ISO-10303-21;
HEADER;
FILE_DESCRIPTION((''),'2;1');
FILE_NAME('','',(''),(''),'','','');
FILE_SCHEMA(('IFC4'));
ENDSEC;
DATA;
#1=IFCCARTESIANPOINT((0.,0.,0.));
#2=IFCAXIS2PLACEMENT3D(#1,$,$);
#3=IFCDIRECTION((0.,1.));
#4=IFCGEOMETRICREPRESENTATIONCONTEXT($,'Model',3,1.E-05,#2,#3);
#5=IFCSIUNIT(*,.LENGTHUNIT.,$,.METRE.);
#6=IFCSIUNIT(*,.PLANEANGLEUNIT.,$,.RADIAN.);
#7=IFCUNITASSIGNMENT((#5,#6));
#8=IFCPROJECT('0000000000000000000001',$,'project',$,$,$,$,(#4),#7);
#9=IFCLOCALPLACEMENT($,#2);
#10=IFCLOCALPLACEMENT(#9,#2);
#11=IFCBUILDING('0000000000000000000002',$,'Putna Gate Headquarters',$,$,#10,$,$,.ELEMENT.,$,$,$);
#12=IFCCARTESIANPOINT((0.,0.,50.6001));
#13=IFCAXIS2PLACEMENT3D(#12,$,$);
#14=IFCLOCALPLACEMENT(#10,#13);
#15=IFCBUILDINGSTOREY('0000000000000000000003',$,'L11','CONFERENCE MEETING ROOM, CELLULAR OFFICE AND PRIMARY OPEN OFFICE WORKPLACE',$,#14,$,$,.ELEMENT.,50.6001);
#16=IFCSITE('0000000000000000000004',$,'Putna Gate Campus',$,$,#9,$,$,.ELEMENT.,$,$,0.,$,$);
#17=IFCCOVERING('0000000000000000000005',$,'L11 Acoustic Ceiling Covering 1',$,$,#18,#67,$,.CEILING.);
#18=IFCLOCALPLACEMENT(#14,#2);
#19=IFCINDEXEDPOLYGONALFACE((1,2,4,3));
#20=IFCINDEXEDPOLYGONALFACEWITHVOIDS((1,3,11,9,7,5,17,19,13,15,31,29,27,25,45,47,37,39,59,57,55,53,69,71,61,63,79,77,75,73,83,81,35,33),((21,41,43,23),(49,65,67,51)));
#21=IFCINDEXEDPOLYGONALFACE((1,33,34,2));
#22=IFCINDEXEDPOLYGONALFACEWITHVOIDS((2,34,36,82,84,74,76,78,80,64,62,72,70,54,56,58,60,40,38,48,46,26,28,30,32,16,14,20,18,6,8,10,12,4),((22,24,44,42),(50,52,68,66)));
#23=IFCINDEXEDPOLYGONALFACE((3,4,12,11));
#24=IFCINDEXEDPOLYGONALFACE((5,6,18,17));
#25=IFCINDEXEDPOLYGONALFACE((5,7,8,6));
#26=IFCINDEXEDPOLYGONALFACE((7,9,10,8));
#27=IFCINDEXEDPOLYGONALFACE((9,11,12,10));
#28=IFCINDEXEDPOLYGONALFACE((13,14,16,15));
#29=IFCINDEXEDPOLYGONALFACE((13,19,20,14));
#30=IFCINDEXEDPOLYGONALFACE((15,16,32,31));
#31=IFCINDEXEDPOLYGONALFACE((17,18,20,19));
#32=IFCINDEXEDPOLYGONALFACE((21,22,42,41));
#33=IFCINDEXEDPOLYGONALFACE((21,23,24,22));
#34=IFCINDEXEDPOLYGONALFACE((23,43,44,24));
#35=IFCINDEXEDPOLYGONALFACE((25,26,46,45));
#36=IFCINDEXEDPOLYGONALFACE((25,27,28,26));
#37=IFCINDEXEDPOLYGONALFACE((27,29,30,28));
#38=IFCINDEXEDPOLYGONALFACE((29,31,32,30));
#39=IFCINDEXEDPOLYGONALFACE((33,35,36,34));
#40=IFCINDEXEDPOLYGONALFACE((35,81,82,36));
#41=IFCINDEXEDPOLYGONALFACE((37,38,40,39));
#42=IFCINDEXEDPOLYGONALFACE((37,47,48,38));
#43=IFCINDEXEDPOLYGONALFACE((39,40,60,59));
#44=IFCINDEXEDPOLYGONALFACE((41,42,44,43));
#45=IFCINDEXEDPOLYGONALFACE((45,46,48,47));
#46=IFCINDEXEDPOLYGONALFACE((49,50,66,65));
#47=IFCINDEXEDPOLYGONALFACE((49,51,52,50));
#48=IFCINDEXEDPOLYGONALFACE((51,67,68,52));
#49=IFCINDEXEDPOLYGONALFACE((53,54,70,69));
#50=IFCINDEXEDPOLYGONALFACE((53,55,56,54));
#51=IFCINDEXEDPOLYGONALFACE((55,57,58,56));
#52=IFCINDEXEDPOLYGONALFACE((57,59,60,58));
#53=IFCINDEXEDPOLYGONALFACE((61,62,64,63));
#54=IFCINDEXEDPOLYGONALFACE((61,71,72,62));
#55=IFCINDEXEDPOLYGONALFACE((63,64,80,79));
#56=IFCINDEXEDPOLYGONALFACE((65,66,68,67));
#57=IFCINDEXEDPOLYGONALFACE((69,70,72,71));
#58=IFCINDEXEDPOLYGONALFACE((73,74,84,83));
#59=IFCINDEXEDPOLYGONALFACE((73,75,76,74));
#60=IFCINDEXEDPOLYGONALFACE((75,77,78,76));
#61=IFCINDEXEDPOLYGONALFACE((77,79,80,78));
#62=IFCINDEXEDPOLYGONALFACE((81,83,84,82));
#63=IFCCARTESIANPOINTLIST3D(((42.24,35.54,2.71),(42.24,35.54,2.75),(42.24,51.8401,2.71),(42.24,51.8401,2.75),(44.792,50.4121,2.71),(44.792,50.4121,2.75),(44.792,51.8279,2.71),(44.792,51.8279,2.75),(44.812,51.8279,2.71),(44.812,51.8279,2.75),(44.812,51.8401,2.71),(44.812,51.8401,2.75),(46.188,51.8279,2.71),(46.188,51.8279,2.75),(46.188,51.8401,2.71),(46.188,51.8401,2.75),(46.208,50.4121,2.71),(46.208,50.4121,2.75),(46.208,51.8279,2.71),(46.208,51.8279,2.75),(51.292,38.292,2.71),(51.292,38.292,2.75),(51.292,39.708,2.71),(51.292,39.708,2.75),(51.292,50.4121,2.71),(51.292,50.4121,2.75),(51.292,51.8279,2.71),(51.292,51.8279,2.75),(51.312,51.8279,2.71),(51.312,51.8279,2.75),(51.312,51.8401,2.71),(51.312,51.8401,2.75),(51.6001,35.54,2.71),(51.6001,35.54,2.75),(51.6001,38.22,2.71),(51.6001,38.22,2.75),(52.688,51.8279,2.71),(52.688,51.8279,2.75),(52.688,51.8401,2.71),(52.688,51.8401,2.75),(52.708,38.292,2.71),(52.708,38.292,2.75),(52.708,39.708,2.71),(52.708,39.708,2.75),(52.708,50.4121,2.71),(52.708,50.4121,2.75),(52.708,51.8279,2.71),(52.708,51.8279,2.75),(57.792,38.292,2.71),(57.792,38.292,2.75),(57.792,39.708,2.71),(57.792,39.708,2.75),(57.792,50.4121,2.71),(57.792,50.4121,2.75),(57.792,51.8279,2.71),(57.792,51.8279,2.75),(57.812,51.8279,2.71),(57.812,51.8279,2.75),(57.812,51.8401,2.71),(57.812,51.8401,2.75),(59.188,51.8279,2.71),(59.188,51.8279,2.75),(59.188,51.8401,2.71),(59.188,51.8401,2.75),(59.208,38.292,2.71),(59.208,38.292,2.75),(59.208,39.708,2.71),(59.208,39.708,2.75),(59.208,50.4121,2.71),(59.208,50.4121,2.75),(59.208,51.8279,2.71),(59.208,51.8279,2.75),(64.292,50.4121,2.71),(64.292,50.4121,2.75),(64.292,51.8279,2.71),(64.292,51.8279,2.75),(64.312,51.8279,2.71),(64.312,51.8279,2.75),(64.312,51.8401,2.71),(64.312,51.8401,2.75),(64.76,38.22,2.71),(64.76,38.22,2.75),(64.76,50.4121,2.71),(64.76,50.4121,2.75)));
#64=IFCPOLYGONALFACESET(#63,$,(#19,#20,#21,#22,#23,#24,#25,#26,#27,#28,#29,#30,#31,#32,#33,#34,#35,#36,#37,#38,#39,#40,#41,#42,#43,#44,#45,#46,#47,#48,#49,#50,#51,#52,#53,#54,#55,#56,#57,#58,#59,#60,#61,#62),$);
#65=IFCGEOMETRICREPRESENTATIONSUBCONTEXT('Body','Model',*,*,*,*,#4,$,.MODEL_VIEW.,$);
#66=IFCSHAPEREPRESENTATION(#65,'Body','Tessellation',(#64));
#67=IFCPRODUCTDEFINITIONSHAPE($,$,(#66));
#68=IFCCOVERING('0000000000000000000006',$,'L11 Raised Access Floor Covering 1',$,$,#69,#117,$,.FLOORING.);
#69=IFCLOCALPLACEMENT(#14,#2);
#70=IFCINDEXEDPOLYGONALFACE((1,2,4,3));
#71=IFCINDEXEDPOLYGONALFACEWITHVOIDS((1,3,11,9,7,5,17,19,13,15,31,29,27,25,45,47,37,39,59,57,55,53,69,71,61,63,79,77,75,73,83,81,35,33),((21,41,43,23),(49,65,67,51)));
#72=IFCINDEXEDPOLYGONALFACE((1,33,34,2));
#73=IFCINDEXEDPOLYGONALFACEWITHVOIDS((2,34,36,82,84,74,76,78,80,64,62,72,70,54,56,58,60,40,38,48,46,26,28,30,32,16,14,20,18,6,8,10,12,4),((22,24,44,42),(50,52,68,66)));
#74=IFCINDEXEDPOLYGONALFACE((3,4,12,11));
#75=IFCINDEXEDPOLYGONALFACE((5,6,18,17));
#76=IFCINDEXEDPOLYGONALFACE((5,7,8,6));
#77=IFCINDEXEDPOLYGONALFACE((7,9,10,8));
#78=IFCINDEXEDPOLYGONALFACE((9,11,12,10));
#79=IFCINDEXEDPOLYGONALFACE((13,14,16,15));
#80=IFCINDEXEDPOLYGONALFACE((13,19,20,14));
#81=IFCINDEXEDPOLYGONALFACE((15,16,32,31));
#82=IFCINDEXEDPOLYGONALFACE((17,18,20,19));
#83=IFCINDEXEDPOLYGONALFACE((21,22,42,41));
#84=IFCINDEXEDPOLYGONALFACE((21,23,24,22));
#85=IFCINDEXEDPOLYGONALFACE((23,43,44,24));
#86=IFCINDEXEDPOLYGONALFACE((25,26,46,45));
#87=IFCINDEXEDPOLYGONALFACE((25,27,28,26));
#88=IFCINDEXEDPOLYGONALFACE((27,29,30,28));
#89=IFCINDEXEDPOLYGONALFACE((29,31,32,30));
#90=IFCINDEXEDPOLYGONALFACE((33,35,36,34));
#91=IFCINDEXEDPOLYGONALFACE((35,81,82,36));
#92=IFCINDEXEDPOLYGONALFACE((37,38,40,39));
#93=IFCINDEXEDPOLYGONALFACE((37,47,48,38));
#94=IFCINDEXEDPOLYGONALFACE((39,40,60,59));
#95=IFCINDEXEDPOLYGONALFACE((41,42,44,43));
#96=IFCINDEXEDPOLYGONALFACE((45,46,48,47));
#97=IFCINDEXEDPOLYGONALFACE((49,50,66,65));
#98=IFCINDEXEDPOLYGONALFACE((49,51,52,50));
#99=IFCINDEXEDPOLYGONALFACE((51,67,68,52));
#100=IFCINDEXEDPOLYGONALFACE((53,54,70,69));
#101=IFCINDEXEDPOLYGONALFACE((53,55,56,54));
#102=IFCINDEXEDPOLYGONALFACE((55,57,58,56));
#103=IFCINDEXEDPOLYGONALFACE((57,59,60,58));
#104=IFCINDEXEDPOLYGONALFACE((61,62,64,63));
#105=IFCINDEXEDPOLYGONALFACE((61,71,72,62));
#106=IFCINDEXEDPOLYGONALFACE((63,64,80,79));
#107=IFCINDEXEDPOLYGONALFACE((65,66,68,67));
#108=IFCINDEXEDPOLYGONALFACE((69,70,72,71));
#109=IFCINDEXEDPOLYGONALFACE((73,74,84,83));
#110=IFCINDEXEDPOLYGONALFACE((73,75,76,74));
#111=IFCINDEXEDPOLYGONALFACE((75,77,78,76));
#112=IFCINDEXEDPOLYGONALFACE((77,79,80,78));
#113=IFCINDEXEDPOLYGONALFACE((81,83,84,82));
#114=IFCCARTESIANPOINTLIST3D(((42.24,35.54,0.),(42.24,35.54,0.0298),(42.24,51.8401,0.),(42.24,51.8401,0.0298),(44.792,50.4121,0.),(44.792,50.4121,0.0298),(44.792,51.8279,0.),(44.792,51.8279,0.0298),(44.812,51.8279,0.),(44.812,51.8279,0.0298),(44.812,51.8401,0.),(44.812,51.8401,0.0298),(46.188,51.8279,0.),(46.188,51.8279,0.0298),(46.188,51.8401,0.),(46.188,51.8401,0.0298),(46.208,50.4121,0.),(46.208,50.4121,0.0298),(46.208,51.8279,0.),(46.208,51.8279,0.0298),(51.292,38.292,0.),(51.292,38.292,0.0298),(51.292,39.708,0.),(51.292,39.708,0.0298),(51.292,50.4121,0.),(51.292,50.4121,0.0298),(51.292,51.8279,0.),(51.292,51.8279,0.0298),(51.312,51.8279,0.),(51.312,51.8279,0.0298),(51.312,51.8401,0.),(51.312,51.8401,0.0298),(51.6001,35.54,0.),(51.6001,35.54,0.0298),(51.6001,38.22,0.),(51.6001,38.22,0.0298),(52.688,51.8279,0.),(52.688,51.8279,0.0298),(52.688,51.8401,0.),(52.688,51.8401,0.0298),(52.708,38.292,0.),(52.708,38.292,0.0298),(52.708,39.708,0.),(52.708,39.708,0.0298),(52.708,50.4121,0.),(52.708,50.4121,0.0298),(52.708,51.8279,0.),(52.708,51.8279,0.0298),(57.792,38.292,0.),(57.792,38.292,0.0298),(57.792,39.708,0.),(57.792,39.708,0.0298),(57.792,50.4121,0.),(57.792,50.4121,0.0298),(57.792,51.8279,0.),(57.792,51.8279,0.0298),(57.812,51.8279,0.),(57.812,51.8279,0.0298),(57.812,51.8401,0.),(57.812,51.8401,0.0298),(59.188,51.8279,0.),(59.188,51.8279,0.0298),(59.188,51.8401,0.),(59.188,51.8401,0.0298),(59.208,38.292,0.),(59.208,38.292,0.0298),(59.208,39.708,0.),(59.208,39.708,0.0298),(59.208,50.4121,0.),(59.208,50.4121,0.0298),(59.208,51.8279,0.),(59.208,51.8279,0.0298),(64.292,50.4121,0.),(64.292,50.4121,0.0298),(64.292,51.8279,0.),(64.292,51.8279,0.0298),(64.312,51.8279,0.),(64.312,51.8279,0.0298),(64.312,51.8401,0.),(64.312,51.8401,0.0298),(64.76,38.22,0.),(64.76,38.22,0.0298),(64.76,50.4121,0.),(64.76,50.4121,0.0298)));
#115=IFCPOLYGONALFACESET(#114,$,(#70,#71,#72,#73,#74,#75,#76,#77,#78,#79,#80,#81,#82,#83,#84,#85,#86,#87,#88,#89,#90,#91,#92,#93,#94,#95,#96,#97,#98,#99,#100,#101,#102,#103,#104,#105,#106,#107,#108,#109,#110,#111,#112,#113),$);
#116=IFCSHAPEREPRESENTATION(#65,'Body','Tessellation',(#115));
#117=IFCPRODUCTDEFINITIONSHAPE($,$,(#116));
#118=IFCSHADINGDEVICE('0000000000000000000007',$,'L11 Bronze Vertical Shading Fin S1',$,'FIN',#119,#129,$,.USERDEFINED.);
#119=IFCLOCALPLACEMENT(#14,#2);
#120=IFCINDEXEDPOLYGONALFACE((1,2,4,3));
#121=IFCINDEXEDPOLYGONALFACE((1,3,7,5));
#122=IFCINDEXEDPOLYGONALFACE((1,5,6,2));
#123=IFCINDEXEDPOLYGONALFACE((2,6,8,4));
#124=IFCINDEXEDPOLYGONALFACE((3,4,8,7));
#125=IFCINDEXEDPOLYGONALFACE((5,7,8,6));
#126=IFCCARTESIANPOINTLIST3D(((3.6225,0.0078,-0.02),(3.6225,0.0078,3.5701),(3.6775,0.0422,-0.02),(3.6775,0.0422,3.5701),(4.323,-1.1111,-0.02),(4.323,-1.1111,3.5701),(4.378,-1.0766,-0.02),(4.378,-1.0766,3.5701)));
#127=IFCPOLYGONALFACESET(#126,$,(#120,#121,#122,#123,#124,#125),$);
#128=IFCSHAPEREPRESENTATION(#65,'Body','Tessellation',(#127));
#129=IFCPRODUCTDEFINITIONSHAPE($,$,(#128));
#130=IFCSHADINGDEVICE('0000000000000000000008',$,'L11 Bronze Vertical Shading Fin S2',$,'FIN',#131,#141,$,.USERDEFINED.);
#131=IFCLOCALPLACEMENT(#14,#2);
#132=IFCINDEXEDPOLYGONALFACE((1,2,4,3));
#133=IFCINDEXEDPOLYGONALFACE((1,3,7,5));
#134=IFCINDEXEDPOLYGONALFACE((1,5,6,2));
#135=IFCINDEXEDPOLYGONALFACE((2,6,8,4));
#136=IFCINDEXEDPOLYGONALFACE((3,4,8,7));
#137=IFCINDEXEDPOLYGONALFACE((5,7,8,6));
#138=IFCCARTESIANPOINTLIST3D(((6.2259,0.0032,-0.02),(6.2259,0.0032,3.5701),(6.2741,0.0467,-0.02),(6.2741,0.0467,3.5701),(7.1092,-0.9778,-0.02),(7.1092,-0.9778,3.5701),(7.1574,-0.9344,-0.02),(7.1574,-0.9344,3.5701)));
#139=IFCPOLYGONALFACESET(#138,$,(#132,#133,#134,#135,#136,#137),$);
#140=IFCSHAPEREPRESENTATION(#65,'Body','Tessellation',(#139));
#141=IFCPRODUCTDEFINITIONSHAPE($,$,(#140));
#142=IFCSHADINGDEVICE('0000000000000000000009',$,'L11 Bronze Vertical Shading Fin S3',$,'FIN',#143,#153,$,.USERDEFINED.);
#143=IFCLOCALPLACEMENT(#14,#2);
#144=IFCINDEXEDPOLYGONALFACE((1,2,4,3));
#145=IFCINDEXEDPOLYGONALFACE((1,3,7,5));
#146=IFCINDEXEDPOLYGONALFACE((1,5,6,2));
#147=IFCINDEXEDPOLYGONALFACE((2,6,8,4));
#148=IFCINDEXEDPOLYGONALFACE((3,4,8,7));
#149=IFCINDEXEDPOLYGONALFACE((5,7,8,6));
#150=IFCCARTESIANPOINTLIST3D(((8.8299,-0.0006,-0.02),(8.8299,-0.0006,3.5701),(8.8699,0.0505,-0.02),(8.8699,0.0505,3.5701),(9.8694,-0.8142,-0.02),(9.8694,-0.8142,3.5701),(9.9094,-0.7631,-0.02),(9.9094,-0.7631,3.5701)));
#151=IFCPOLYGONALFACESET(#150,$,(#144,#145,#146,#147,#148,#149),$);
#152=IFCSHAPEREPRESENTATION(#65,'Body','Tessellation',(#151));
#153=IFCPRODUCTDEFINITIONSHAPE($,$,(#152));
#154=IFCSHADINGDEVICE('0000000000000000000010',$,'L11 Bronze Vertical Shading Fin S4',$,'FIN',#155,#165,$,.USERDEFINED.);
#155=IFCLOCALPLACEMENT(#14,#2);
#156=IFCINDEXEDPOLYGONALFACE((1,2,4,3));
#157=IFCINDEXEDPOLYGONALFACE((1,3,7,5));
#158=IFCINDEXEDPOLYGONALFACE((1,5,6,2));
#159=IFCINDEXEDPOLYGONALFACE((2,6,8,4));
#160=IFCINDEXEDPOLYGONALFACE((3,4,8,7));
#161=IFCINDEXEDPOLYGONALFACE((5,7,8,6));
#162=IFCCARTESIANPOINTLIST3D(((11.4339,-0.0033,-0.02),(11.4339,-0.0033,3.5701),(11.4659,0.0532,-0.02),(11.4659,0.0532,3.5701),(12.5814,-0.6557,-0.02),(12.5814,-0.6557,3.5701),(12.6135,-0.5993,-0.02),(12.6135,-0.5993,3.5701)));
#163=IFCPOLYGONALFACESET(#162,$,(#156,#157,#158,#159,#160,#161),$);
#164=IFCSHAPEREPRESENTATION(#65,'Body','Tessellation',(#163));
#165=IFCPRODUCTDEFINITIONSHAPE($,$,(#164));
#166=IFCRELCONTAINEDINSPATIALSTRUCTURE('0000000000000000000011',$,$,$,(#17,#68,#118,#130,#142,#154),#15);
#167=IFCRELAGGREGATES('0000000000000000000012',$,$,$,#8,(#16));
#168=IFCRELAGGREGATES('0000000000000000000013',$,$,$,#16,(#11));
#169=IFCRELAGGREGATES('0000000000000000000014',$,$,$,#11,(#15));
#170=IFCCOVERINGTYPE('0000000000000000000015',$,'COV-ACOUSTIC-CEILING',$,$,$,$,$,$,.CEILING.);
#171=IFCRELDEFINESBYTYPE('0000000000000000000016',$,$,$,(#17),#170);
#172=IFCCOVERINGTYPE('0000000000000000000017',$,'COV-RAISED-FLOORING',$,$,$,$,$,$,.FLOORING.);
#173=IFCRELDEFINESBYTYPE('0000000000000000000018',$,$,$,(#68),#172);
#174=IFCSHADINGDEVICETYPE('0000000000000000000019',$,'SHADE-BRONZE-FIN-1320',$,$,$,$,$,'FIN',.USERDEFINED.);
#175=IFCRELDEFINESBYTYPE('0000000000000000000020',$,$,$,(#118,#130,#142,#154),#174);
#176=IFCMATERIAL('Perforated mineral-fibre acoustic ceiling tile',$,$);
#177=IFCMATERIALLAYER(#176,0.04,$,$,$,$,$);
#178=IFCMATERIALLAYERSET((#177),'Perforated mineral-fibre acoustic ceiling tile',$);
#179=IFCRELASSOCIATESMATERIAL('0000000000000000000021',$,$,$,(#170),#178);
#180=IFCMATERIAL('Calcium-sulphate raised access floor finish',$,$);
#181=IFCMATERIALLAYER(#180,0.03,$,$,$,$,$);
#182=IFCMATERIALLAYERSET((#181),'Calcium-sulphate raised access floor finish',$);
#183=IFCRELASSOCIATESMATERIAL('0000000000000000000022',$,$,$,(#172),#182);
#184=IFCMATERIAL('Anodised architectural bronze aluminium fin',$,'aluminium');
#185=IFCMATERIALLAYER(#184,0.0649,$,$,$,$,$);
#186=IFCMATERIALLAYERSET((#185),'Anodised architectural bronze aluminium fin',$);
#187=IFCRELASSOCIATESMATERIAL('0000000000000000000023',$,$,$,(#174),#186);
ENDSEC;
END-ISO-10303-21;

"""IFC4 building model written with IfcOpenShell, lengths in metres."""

from ifc_helpers import new_model, si_unit, direction, frame, origin, origin_2d, place, context, subcontext, project, spatial, polyline, rectangle, outline, extrude, material, layer, layer_set, type_object, element, save


model = new_model("IFC4")

# Units and contexts
model_context = context("Model", 3, precision=1e-05, world=origin(), true_north=direction((0.0, 1.0)))
body_context = subcontext(model_context, "Body", "Model", "MODEL_VIEW")
ifc_project = project(units=[si_unit("LENGTHUNIT", "METRE"), si_unit("PLANEANGLEUNIT", "RADIAN")], contexts=[model_context])

# Site, building, storey
site_placement = place(None, origin())
site = spatial("IfcSite", under=ifc_project, at=site_placement, Name="Putna Gate Campus", CompositionType="ELEMENT", RefElevation=0.0)
building_placement = place(site_placement, origin())
building = spatial("IfcBuilding", under=site, at=building_placement, Name="Putna Gate Headquarters", CompositionType="ELEMENT")
storey_placement = place(building_placement, frame((0.0, 0.0, 50.6001)))
storey = spatial("IfcBuildingStorey", under=building, at=storey_placement, Name="L11", Description="CONFERENCE MEETING ROOM, CELLULAR OFFICE AND PRIMARY OPEN OFFICE WORKPLACE", CompositionType="ELEMENT", Elevation=50.6001)

# Coverings
ifc_material_1 = material(Name="Perforated mineral-fibre acoustic ceiling tile")
ifc_layer_1 = layer(ifc_material_1, 0.04)
ifc_layer_set_1 = layer_set([ifc_layer_1], Name="Perforated mineral-fibre acoustic ceiling tile")
covering_type_1 = type_object("IfcCoveringType", Name="COV-ACOUSTIC-CEILING", PredefinedType="CEILING", material=ifc_layer_set_1)
covering_1_placement = place(storey_placement, frame((0.0, 0.0, 2.71)))
element("IfcCovering", 1, at=covering_1_placement, inside=storey, type_object=covering_type_1, Name="L11 Acoustic Ceiling Covering 1", PredefinedType="CEILING", context=body_context, shape_type="SweptSolid", body=[
    extrude(outline(polyline([(51.312, 51.8279), (51.312, 51.8401), (46.188, 51.8401), (46.188, 51.8279), (46.208, 51.8279), (46.208, 50.4121), (44.792, 50.4121), (44.792, 51.8279), (44.812, 51.8279), (44.812, 51.8401), (42.24, 51.8401), (42.24, 35.54), (51.6001, 35.54), (51.6001, 38.22), (64.76, 38.22), (64.76, 50.4121), (64.292, 50.4121), (64.292, 51.8279), (64.312, 51.8279), (64.312, 51.8401), (59.188, 51.8401), (59.188, 51.8279), (59.208, 51.8279), (59.208, 50.4121), (57.792, 50.4121), (57.792, 51.8279), (57.812, 51.8279), (57.812, 51.8401), (52.688, 51.8401), (52.688, 51.8279), (52.708, 51.8279), (52.708, 50.4121), (51.292, 50.4121), (51.292, 51.8279), (51.312, 51.8279)]), holes=[polyline([(59.208, 38.292), (59.208, 39.708), (57.792, 39.708), (57.792, 38.292), (59.208, 38.292)]), polyline([(52.708, 38.292), (52.708, 39.708), (51.292, 39.708), (51.292, 38.292), (52.708, 38.292)])]), origin(), (0.0, 0.0, 1.0), 0.04),
])
ifc_material_2 = material(Name="Calcium-sulphate raised access floor finish")
ifc_layer_2 = layer(ifc_material_2, 0.03)
ifc_layer_set_2 = layer_set([ifc_layer_2], Name="Calcium-sulphate raised access floor finish")
covering_type_2 = type_object("IfcCoveringType", Name="COV-RAISED-FLOORING", PredefinedType="FLOORING", material=ifc_layer_set_2)
covering_2_placement = place(storey_placement, origin())
element("IfcCovering", 2, at=covering_2_placement, inside=storey, type_object=covering_type_2, Name="L11 Raised Access Floor Covering 1", PredefinedType="FLOORING", context=body_context, shape_type="SweptSolid", body=[
    extrude(outline(polyline([(51.312, 51.8279), (51.312, 51.8401), (46.188, 51.8401), (46.188, 51.8279), (46.208, 51.8279), (46.208, 50.4121), (44.792, 50.4121), (44.792, 51.8279), (44.812, 51.8279), (44.812, 51.8401), (42.24, 51.8401), (42.24, 35.54), (51.6001, 35.54), (51.6001, 38.22), (64.76, 38.22), (64.76, 50.4121), (64.292, 50.4121), (64.292, 51.8279), (64.312, 51.8279), (64.312, 51.8401), (59.188, 51.8401), (59.188, 51.8279), (59.208, 51.8279), (59.208, 50.4121), (57.792, 50.4121), (57.792, 51.8279), (57.812, 51.8279), (57.812, 51.8401), (52.688, 51.8401), (52.688, 51.8279), (52.708, 51.8279), (52.708, 50.4121), (51.292, 50.4121), (51.292, 51.8279), (51.312, 51.8279)]), holes=[polyline([(59.208, 38.292), (59.208, 39.708), (57.792, 39.708), (57.792, 38.292), (59.208, 38.292)]), polyline([(52.708, 38.292), (52.708, 39.708), (51.292, 39.708), (51.292, 38.292), (52.708, 38.292)])]), origin(), (0.0, 0.0, 1.0), 0.0298),
])

# Shading devices
ifc_material_3 = material(Name="Anodised architectural bronze aluminium fin", Category="aluminium")
ifc_layer_3 = layer(ifc_material_3, 0.0649)
ifc_layer_set_3 = layer_set([ifc_layer_3], Name="Anodised architectural bronze aluminium fin")
shading_device_type = type_object("IfcShadingDeviceType", Name="SHADE-BRONZE-FIN-1320", ElementType="FIN", PredefinedType="USERDEFINED", material=ifc_layer_set_3)
for number, where, z_axis, x_axis, name in (
    (3, (4.0002, -0.5344, -0.02), (0.0, 0.0, 1.0), (0.530659, -0.847585, 0.0), "L11 Bronze Vertical Shading Fin S1"),
    (4, (6.6917, -0.4656, -0.02), (0.0, 0.0, 1.0), (0.669131, -0.743145, 0.0), "L11 Bronze Vertical Shading Fin S2"),
    (5, (9.3696, -0.3818, -0.02), (0.0, 0.0, 1.0), (0.787473, -0.616349, 0.0), "L11 Bronze Vertical Shading Fin S3"),
    (6, (12.0237, -0.3013, -0.02), (0.0, 0.0, 1.0), (0.869322, -0.494245, 0.0), "L11 Bronze Vertical Shading Fin S4"),
):
    element("IfcShadingDevice", number, at=place(storey_placement, frame(where, z_axis=z_axis, x_axis=x_axis)), inside=storey, type_object=shading_device_type, Name=name, ObjectType="FIN", PredefinedType="USERDEFINED", context=body_context, shape_type="SweptSolid", body=[
        extrude(rectangle(XDim=1.3201, YDim=0.0649, at=origin_2d()), origin(), (0.0, 0.0, 1.0), 3.5901),
    ])

save(model, "model.ifc")
